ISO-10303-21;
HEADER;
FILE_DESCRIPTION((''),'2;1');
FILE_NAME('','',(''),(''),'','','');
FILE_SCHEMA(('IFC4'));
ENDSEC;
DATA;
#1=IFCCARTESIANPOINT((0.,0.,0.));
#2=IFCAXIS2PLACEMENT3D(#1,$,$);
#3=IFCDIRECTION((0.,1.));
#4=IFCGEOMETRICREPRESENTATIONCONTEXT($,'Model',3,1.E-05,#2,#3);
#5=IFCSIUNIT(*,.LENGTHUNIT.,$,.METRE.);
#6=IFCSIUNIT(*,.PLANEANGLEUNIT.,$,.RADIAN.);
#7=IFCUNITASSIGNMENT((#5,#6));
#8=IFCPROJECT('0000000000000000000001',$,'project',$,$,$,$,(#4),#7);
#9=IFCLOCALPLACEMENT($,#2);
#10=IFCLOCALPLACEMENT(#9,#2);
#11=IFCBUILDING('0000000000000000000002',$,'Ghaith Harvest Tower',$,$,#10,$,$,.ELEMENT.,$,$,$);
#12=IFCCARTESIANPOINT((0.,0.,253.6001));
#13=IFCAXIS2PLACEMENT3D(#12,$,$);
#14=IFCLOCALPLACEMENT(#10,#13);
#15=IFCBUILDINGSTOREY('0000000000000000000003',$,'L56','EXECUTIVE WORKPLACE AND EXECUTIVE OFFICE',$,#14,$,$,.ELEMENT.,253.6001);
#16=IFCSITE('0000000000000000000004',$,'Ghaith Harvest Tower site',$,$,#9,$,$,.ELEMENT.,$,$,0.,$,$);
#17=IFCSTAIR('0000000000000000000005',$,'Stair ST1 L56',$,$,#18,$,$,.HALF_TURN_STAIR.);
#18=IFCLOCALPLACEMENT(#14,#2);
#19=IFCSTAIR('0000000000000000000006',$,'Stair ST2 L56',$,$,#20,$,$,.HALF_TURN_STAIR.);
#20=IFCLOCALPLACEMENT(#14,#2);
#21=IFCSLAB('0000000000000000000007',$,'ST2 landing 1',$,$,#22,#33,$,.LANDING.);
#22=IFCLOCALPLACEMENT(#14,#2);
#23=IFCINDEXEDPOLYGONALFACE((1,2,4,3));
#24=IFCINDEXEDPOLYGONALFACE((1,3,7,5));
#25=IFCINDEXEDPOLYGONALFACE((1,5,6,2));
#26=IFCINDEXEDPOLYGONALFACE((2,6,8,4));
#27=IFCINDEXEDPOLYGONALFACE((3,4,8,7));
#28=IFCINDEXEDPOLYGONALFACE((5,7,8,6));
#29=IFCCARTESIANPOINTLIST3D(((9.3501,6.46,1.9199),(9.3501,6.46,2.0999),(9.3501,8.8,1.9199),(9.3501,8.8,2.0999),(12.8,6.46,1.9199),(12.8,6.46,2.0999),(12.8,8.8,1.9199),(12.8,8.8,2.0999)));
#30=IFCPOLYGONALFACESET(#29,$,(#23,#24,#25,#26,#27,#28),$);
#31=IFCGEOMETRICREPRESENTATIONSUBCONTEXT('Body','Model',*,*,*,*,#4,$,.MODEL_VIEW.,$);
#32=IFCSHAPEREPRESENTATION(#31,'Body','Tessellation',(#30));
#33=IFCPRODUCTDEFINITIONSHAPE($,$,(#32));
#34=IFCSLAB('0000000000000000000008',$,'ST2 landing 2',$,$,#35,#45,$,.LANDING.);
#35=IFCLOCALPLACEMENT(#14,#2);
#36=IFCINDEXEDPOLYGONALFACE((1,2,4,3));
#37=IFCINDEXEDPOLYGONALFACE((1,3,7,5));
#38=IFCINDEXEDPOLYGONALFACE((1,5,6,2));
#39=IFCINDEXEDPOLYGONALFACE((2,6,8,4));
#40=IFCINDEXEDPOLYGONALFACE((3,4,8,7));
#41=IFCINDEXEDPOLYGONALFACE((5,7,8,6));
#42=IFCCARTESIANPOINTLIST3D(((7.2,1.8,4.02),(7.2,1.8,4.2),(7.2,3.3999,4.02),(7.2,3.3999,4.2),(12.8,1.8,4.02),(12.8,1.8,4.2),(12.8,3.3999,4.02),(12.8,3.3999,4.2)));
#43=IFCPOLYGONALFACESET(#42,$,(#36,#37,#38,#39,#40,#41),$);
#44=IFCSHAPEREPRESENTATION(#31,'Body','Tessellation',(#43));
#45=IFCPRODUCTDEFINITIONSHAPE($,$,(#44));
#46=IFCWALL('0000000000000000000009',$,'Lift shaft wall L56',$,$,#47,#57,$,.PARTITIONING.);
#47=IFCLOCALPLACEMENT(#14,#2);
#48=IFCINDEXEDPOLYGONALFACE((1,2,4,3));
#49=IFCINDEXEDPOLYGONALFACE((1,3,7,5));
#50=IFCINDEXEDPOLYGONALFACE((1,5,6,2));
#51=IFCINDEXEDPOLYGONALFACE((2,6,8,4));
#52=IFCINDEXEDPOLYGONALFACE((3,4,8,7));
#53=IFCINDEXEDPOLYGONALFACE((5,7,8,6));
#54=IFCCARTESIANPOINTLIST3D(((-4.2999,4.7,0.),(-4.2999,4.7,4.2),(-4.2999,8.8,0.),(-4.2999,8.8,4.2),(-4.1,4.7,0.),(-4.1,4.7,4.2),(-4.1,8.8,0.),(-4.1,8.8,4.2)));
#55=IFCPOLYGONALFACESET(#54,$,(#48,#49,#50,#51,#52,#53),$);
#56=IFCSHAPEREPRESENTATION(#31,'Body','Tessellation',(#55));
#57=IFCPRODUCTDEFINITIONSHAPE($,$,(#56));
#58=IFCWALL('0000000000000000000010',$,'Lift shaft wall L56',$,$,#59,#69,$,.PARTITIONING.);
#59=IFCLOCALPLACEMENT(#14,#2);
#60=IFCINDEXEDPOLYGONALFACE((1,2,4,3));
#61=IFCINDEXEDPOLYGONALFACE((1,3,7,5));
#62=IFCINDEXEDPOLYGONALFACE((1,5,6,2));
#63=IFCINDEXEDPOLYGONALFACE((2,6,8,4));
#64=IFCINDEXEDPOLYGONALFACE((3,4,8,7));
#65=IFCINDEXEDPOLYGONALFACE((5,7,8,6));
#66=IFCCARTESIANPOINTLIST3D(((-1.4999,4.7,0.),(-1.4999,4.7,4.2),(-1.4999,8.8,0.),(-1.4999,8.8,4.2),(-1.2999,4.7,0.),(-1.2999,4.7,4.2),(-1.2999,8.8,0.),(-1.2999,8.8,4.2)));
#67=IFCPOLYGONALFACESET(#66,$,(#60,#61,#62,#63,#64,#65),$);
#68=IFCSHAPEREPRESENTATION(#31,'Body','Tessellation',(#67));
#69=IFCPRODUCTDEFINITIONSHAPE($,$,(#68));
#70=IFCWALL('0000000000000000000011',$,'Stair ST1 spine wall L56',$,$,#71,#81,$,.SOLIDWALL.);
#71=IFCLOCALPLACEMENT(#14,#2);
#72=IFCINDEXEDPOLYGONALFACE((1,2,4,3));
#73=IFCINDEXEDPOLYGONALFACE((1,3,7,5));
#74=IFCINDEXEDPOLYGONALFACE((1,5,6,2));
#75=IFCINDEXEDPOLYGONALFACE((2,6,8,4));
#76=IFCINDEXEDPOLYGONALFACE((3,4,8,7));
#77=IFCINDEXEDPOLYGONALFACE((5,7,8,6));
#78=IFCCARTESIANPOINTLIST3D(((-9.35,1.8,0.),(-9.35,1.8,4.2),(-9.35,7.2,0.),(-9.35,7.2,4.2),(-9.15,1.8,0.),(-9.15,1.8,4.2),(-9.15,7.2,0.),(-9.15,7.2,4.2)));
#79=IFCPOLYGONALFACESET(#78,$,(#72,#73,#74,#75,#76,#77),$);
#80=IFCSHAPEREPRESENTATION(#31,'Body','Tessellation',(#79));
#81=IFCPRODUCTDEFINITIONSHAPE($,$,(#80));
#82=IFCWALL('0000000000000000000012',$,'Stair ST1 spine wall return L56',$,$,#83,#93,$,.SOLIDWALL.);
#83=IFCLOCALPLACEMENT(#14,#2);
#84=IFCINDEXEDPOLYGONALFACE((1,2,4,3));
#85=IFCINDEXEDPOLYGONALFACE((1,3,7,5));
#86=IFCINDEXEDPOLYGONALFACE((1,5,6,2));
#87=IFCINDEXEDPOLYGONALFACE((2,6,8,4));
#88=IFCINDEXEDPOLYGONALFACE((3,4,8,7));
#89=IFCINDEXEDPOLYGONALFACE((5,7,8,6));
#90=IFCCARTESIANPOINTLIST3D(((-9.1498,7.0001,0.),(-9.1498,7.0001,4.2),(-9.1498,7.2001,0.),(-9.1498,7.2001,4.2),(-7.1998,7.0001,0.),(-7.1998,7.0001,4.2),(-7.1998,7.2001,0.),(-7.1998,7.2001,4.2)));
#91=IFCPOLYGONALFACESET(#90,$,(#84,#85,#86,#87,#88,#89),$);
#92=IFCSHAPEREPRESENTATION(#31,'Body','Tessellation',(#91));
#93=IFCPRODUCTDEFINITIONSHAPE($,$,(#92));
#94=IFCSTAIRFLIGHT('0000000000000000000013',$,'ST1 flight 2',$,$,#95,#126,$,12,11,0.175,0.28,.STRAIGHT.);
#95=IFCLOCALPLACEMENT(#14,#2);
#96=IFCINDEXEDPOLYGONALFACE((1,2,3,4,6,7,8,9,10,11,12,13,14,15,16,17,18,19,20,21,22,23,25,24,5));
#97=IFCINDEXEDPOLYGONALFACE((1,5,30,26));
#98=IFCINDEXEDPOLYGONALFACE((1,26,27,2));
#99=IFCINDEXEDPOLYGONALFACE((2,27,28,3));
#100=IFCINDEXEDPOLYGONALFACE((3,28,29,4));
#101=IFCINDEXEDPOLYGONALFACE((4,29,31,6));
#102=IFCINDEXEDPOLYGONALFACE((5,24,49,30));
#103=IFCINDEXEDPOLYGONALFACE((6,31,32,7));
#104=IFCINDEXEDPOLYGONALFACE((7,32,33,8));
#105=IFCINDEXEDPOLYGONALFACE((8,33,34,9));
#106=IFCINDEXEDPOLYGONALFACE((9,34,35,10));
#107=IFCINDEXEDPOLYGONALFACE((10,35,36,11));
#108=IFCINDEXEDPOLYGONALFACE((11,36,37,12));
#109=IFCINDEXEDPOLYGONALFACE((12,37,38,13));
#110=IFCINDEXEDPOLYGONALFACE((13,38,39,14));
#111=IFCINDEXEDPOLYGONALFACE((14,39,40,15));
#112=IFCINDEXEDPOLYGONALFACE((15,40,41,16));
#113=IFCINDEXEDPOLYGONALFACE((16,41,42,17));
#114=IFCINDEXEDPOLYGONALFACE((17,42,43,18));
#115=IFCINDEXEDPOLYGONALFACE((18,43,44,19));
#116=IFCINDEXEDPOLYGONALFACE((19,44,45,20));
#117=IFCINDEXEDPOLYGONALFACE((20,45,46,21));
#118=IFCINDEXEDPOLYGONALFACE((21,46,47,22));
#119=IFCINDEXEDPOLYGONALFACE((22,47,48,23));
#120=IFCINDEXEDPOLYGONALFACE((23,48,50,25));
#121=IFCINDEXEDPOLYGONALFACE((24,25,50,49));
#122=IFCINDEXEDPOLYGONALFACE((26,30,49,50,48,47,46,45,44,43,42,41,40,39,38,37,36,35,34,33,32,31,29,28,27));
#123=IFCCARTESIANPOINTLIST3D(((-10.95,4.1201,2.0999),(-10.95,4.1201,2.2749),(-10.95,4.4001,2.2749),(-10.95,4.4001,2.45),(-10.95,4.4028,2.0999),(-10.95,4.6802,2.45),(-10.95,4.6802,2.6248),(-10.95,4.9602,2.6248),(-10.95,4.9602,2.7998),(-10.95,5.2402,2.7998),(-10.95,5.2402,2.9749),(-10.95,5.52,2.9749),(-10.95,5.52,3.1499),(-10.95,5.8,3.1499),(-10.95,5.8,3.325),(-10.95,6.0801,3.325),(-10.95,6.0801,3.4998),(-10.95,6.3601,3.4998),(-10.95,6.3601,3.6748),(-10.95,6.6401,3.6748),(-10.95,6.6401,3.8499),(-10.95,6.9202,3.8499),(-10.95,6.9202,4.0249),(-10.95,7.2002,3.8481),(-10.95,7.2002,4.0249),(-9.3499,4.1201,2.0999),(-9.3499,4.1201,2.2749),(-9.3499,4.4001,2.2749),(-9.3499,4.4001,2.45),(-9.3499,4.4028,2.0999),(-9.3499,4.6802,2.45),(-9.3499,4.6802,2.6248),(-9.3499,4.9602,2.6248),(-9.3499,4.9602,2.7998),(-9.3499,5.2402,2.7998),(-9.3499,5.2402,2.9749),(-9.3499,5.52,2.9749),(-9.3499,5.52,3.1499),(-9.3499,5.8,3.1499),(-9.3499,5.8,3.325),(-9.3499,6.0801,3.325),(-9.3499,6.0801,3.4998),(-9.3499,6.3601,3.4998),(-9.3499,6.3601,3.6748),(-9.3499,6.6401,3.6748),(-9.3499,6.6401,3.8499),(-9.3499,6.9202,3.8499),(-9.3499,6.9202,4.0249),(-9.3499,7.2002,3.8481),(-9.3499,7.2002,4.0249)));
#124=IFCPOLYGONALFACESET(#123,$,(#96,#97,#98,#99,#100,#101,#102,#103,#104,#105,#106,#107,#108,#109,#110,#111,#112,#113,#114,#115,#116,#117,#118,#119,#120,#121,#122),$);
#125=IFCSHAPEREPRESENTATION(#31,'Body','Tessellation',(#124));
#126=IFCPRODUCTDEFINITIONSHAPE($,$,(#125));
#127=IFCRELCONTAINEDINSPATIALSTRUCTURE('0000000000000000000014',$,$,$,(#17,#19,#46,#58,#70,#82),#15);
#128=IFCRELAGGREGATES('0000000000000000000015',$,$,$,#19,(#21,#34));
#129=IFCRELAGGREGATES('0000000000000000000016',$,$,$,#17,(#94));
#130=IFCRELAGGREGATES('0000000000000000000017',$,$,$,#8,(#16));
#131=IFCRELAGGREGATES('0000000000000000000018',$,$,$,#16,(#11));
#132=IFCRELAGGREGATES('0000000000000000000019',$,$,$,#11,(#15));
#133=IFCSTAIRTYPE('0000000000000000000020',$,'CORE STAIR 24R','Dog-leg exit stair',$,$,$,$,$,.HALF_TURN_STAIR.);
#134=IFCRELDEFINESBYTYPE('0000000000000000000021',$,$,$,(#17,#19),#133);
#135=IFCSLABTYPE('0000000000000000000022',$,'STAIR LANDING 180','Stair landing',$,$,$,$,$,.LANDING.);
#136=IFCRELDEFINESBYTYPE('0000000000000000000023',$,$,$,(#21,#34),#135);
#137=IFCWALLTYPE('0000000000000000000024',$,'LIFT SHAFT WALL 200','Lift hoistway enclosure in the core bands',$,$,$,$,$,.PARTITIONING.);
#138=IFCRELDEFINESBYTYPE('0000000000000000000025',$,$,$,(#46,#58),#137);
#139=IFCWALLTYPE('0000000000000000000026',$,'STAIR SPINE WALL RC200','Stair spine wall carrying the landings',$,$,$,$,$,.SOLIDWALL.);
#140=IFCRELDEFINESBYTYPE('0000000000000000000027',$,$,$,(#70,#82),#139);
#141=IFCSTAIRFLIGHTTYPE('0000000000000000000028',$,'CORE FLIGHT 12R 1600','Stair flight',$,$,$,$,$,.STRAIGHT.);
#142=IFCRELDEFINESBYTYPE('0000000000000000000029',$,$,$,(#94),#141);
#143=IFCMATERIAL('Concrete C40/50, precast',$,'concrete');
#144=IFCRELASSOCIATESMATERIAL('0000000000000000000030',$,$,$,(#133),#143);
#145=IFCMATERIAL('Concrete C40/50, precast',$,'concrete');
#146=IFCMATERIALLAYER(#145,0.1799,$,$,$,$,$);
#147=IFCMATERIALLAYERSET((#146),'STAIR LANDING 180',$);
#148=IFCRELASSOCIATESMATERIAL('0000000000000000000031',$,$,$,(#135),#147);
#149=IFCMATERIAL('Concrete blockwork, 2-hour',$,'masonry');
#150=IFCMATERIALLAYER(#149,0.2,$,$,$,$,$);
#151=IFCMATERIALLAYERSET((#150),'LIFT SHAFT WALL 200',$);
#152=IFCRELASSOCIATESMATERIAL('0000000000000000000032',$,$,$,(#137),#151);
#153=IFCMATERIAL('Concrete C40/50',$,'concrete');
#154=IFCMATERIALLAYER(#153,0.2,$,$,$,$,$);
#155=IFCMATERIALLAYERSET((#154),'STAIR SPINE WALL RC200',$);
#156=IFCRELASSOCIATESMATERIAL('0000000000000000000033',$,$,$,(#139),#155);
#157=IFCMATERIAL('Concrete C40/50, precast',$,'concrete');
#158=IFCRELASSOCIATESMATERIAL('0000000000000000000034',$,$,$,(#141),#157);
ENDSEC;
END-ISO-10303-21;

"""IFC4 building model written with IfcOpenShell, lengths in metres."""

from ifc_helpers import new_model, si_unit, direction, frame, frame_2d, origin, place, context, subcontext, project, spatial, polyline, rectangle, outline, extrude, material, layer, layer_set, type_object, element, aggregate, save


model = new_model("IFC4")

# Units and contexts
model_context = context("Model", 3, precision=1e-05, world=origin(), true_north=direction((0.0, 1.0)))
body_context = subcontext(model_context, "Body", "Model", "MODEL_VIEW")
ifc_project = project(units=[si_unit("LENGTHUNIT", "METRE"), si_unit("PLANEANGLEUNIT", "RADIAN")], contexts=[model_context])

# Site, building, storey
site_placement = place(None, origin())
site = spatial("IfcSite", under=ifc_project, at=site_placement, Name="Ghaith Harvest Tower site", CompositionType="ELEMENT", RefElevation=0.0)
building_placement = place(site_placement, origin())
building = spatial("IfcBuilding", under=site, at=building_placement, Name="Ghaith Harvest Tower", CompositionType="ELEMENT")
storey_placement = place(building_placement, frame((0.0, 0.0, 253.6001)))
storey = spatial("IfcBuildingStorey", under=building, at=storey_placement, Name="L56", Description="EXECUTIVE WORKPLACE AND EXECUTIVE OFFICE", CompositionType="ELEMENT", Elevation=253.6001)

# Stairs, slabs
ifc_material_1 = material(Name="Concrete C40/50, precast", Category="concrete")
stair_type = type_object("IfcStairType", Name="CORE STAIR 24R", Description="Dog-leg exit stair", PredefinedType="HALF_TURN_STAIR", material=ifc_material_1)
stair_1_placement = place(storey_placement, origin())
stair_1 = element("IfcStair", 1, at=stair_1_placement, inside=storey, type_object=stair_type, Name="Stair ST1 L56", PredefinedType="HALF_TURN_STAIR")
ifc_material_2 = material(Name="Concrete C40/50, precast", Category="concrete")
ifc_layer_1 = layer(ifc_material_2, 0.1799)
ifc_layer_set_1 = layer_set([ifc_layer_1], Name="STAIR LANDING 180")
slab_type_1 = type_object("IfcSlabType", Name="STAIR LANDING 180", Description="Stair landing", PredefinedType="LANDING", material=ifc_layer_set_1)
stair_2_placement = place(storey_placement, origin())
stair_2 = element("IfcStair", 2, at=stair_2_placement, inside=storey, type_object=stair_type, Name="Stair ST2 L56", PredefinedType="HALF_TURN_STAIR")
slab_1_placement = place(storey_placement, frame((0.0, 0.0, 1.9199)))
slab_1 = element("IfcSlab", 3, at=slab_1_placement, type_object=slab_type_1, Name="ST2 landing 1", PredefinedType="LANDING", context=body_context, shape_type="SweptSolid", body=[
    extrude(outline(polyline([(12.8, 6.46), (12.8, 8.8), (9.3501, 8.8), (9.3501, 6.46), (12.8, 6.46)])), origin(), (0.0, 0.0, 1.0), 0.1799),
])
slab_2_placement = place(storey_placement, frame((0.0, 0.0, 4.02)))
slab_2 = element("IfcSlab", 4, at=slab_2_placement, type_object=slab_type_1, Name="ST2 landing 2", PredefinedType="LANDING", context=body_context, shape_type="SweptSolid", body=[
    extrude(outline(polyline([(12.8, 1.8), (12.8, 3.3999), (7.2, 3.3999), (7.2, 1.8), (12.8, 1.8)])), origin(), (0.0, 0.0, 1.0), 0.1799),
])
aggregate(stair_2, [slab_1, slab_2])

# Walls
ifc_material_3 = material(Name="Concrete blockwork, 2-hour", Category="masonry")
ifc_layer_2 = layer(ifc_material_3, 0.2)
ifc_layer_set_2 = layer_set([ifc_layer_2], Name="LIFT SHAFT WALL 200")
wall_type_1 = type_object("IfcWallType", Name="LIFT SHAFT WALL 200", Description="Lift hoistway enclosure in the core bands", PredefinedType="PARTITIONING", material=ifc_layer_set_2)
for number, where, z_axis, x_axis, name in (
    (5, (-4.2, 4.7, 0.0), (0.0, 0.0, 1.0), (0.0, 1.0, 0.0), "Lift shaft wall L56"),
    (6, (-1.3999, 4.7, 0.0), (0.0, 0.0, 1.0), (0.0, 1.0, 0.0), "Lift shaft wall L56"),
):
    element("IfcWall", number, at=place(storey_placement, frame(where, z_axis=z_axis, x_axis=x_axis)), inside=storey, type_object=wall_type_1, Name=name, PredefinedType="PARTITIONING", context=body_context, shape_type="SweptSolid", body=[
        extrude(rectangle(XDim=4.1001, YDim=0.2, at=frame_2d((2.05, 0.0))), origin(), (0.0, 0.0, 1.0), 4.2),
    ])

# Walls
ifc_material_4 = material(Name="Concrete C40/50", Category="concrete")
ifc_layer_3 = layer(ifc_material_4, 0.2)
ifc_layer_set_3 = layer_set([ifc_layer_3], Name="STAIR SPINE WALL RC200")
wall_type_2 = type_object("IfcWallType", Name="STAIR SPINE WALL RC200", Description="Stair spine wall carrying the landings", PredefinedType="SOLIDWALL", material=ifc_layer_set_3)
wall_1_placement = place(storey_placement, frame((-9.25, 7.2, 0.0), z_axis=(0.0, 0.0, 1.0), x_axis=(0.0, -1.0, 0.0)))
element("IfcWall", 7, at=wall_1_placement, inside=storey, type_object=wall_type_2, Name="Stair ST1 spine wall L56", PredefinedType="SOLIDWALL", context=body_context, shape_type="SweptSolid", body=[
    extrude(rectangle(XDim=5.3999, YDim=0.2, at=frame_2d((2.7, 0.0))), origin(), (0.0, 0.0, 1.0), 4.2),
])
wall_2_placement = place(storey_placement, frame((-9.1499, 7.1001, 0.0), z_axis=(0.0, 0.0, 1.0), x_axis=(1.0, 0.0, 0.0)))
element("IfcWall", 8, at=wall_2_placement, inside=storey, type_object=wall_type_2, Name="Stair ST1 spine wall return L56", PredefinedType="SOLIDWALL", context=body_context, shape_type="SweptSolid", body=[
    extrude(rectangle(XDim=1.95, YDim=0.2, at=frame_2d((0.9751, 0.0))), origin(), (0.0, 0.0, 1.0), 4.2),
])

# Stair flight
ifc_material_5 = material(Name="Concrete C40/50, precast", Category="concrete")
stair_flight_type = type_object("IfcStairFlightType", Name="CORE FLIGHT 12R 1600", Description="Stair flight", PredefinedType="STRAIGHT", material=ifc_material_5)
stair_flight_placement = place(storey_placement, frame((-10.1499, 4.1201, 2.0999), z_axis=(0.0, 0.0, 1.0), x_axis=(0.0, 1.0, 0.0)))
stair_flight = element("IfcStairFlight", 9, at=stair_flight_placement, type_object=stair_flight_type, Name="ST1 flight 2", NumberOfRisers=12, NumberOfTreads=11, PredefinedType="STRAIGHT", RiserHeight=0.175, TreadLength=0.28, context=body_context, shape_type="SweptSolid", body=[
    extrude(outline(polyline([(0.0, 0.0), (0.0, 0.175), (0.28, 0.175), (0.28, 0.3501), (0.5601, 0.3501), (0.5601, 0.5249), (0.8401, 0.5249), (0.8401, 0.7), (1.1201, 0.7), (1.1201, 0.875), (1.3999, 0.875), (1.3999, 1.05), (1.6799, 1.05), (1.6799, 1.2251), (1.96, 1.2251), (1.96, 1.3999), (2.24, 1.3999), (2.24, 1.575), (2.52, 1.575), (2.52, 1.75), (2.8, 1.75), (2.8, 1.925), (3.0801, 1.925), (3.0801, 2.1001), (3.0801, 1.7483), (0.2827, 0.0), (0.0, 0.0)])), frame((0.0, 0.8, 0.0), z_axis=(0.0, -1.0, 0.0), x_axis=(1.0, 0.0, 0.0)), (0.0, 0.0, 1.0), 1.6001),
])
aggregate(stair_1, [stair_flight])

save(model, "model.ifc")
